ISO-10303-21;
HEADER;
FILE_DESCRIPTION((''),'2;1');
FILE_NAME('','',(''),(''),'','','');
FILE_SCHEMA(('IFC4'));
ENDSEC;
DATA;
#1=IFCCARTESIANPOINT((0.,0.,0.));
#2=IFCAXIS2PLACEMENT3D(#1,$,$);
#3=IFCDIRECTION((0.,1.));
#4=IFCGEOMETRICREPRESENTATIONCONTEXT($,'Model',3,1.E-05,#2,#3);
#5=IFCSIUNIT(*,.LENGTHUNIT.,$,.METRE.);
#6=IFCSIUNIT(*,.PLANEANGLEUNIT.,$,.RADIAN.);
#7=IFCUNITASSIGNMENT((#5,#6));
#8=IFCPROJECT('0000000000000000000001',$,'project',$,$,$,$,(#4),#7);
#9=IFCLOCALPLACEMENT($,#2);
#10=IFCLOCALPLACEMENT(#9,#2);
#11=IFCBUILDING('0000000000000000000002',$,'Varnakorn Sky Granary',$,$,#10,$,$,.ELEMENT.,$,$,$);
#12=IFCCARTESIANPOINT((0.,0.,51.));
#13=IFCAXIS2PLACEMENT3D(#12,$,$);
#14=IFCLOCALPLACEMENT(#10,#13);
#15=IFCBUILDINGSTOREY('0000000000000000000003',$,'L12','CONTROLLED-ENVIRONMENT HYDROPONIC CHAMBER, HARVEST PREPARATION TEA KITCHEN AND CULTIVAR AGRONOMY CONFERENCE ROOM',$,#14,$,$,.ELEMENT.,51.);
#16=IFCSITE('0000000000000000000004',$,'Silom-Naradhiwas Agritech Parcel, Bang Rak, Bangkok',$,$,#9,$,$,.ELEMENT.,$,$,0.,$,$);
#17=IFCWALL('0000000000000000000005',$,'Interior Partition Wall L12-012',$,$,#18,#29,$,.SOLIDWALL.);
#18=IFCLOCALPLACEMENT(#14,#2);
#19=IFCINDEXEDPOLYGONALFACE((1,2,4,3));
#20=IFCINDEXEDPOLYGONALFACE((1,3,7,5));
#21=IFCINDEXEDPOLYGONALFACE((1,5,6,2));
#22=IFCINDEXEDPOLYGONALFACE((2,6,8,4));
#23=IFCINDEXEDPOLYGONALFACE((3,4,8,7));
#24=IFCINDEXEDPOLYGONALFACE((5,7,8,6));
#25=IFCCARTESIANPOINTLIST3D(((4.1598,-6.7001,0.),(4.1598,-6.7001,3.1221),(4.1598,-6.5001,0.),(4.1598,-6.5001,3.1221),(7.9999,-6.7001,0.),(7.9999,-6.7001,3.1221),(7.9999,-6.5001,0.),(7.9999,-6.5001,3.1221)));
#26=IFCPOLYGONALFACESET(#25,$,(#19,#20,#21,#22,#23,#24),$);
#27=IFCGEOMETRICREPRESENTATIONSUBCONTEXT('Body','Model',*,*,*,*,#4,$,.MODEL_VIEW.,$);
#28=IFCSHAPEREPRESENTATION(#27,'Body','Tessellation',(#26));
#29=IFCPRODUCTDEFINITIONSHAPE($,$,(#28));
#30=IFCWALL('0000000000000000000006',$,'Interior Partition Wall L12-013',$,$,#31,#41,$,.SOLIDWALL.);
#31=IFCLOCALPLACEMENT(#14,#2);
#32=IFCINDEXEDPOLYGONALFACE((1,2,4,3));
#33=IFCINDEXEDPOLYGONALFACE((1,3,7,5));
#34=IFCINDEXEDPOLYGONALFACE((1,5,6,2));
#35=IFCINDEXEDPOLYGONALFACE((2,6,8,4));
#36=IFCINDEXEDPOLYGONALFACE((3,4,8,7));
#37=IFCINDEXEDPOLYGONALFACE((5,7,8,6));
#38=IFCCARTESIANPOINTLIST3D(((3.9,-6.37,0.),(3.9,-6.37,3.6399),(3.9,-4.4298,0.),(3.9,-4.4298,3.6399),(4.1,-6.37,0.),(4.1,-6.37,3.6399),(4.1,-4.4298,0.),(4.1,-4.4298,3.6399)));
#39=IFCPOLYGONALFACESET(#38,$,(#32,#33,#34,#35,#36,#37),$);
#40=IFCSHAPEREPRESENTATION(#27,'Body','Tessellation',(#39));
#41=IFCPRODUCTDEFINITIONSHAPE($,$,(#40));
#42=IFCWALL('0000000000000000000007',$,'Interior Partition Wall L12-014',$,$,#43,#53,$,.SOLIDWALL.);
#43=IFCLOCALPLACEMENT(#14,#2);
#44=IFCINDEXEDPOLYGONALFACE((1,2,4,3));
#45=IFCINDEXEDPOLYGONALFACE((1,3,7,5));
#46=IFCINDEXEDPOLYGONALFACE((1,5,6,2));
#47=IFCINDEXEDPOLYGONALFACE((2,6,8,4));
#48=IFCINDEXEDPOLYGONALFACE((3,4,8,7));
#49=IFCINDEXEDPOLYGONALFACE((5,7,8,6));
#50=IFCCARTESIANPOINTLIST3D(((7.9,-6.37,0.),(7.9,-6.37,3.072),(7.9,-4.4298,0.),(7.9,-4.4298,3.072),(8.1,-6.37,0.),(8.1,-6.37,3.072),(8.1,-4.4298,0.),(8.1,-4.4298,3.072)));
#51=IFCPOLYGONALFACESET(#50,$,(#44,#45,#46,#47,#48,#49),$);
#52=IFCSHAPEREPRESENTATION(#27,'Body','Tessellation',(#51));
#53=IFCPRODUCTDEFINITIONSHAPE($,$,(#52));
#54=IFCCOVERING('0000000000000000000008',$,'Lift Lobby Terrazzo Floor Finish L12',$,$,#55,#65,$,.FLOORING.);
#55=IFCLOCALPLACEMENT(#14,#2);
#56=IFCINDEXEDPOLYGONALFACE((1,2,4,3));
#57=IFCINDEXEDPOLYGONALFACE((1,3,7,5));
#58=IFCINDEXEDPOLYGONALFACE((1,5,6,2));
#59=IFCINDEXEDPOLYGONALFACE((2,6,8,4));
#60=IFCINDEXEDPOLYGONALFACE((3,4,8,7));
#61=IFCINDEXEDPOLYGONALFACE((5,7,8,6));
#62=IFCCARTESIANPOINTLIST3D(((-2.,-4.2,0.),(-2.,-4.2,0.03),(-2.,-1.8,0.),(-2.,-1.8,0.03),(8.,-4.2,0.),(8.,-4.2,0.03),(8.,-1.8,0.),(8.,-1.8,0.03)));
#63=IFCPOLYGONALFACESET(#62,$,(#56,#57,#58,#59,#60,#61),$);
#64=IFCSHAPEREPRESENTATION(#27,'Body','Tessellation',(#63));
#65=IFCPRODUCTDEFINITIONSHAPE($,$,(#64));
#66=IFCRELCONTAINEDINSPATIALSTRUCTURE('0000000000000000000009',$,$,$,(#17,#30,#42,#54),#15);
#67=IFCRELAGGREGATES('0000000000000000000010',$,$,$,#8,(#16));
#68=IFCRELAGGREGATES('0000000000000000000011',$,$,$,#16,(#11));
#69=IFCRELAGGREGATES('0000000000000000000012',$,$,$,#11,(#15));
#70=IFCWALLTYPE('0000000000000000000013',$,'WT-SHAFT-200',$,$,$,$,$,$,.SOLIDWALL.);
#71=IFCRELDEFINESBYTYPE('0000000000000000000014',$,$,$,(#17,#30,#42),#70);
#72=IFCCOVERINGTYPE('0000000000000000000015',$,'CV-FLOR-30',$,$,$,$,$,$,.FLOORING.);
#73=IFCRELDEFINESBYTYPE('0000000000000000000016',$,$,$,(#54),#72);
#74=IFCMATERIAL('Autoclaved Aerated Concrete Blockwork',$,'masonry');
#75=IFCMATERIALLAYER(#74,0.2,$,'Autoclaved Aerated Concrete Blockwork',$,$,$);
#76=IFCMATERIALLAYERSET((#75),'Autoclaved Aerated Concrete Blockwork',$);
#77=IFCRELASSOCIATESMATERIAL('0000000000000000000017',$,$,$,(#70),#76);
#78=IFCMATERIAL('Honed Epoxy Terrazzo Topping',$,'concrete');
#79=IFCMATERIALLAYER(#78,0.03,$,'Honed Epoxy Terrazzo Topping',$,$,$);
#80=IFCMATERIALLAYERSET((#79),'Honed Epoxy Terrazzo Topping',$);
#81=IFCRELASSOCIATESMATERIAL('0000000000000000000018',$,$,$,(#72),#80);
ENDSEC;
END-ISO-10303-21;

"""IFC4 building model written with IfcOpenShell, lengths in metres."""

from ifc_helpers import new_model, si_unit, direction, frame, frame_2d, origin, place, context, subcontext, project, spatial, polyline, rectangle, outline, extrude, material, layer, layer_set, type_object, element, save


model = new_model("IFC4")

# Units and contexts
model_context = context("Model", 3, precision=1e-05, world=origin(), true_north=direction((0.0, 1.0)))
body_context = subcontext(model_context, "Body", "Model", "MODEL_VIEW")
ifc_project = project(units=[si_unit("LENGTHUNIT", "METRE"), si_unit("PLANEANGLEUNIT", "RADIAN")], contexts=[model_context])

# Site, building, storey
site_placement = place(None, origin())
site = spatial("IfcSite", under=ifc_project, at=site_placement, Name="Silom-Naradhiwas Agritech Parcel, Bang Rak, Bangkok", CompositionType="ELEMENT", RefElevation=0.0)
building_placement = place(site_placement, origin())
building = spatial("IfcBuilding", under=site, at=building_placement, Name="Varnakorn Sky Granary", CompositionType="ELEMENT")
storey_placement = place(building_placement, frame((0.0, 0.0, 51.0)))
storey = spatial("IfcBuildingStorey", under=building, at=storey_placement, Name="L12", Description="CONTROLLED-ENVIRONMENT HYDROPONIC CHAMBER, HARVEST PREPARATION TEA KITCHEN AND CULTIVAR AGRONOMY CONFERENCE ROOM", CompositionType="ELEMENT", Elevation=51.0)

# Shared definitions
ifc_material_1 = material(Name="Autoclaved Aerated Concrete Blockwork", Category="masonry")

# Walls
ifc_layer_1 = layer(ifc_material_1, 0.2, Name="Autoclaved Aerated Concrete Blockwork")
ifc_layer_set_1 = layer_set([ifc_layer_1], Name="Autoclaved Aerated Concrete Blockwork")
wall_type_1 = type_object("IfcWallType", Name="WT-SHAFT-200", PredefinedType="SOLIDWALL", material=ifc_layer_set_1)
wall_1_placement = place(storey_placement, frame((4.1599, -6.6001, 0.0), z_axis=(0.0, 0.0, 1.0), x_axis=(1.0, 0.0, 0.0)))
element("IfcWall", 1, at=wall_1_placement, inside=storey, type_object=wall_type_1, Name="Interior Partition Wall L12-012", PredefinedType="SOLIDWALL", context=body_context, shape_type="SweptSolid", body=[
    extrude(rectangle(XDim=3.8401, YDim=0.2, at=frame_2d((1.9199, 0.0))), origin(), (0.0, 0.0, 1.0), 3.1221),
])
wall_2_placement = place(storey_placement, frame((4.0, -6.3701, 0.0), z_axis=(0.0, 0.0, 1.0), x_axis=(0.0, 1.0, 0.0)))
element("IfcWall", 2, at=wall_2_placement, inside=storey, type_object=wall_type_1, Name="Interior Partition Wall L12-013", PredefinedType="SOLIDWALL", context=body_context, shape_type="SweptSolid", body=[
    extrude(rectangle(XDim=1.9402, YDim=0.2, at=frame_2d((0.9702, 0.0))), origin(), (0.0, 0.0, 1.0), 3.6399),
])
wall_3_placement = place(storey_placement, frame((8.0, -6.3701, 0.0), z_axis=(0.0, 0.0, 1.0), x_axis=(0.0, 1.0, 0.0)))
element("IfcWall", 3, at=wall_3_placement, inside=storey, type_object=wall_type_1, Name="Interior Partition Wall L12-014", PredefinedType="SOLIDWALL", context=body_context, shape_type="SweptSolid", body=[
    extrude(rectangle(XDim=1.9402, YDim=0.2, at=frame_2d((0.9702, 0.0))), origin(), (0.0, 0.0, 1.0), 3.072),
])

# Covering
ifc_material_2 = material(Name="Honed Epoxy Terrazzo Topping", Category="concrete")
ifc_layer_2 = layer(ifc_material_2, 0.03, Name="Honed Epoxy Terrazzo Topping")
ifc_layer_set_2 = layer_set([ifc_layer_2], Name="Honed Epoxy Terrazzo Topping")
covering_type = type_object("IfcCoveringType", Name="CV-FLOR-30", PredefinedType="FLOORING", material=ifc_layer_set_2)
covering_placement = place(storey_placement, origin())
element("IfcCovering", 4, at=covering_placement, inside=storey, type_object=covering_type, Name="Lift Lobby Terrazzo Floor Finish L12", PredefinedType="FLOORING", context=body_context, shape_type="SweptSolid", body=[
    extrude(outline(polyline([(-2.0, -4.2), (8.0, -4.2), (8.0, -1.8), (-2.0, -1.8), (-2.0, -4.2)])), origin(), (0.0, 0.0, 1.0), 0.03),
])

save(model, "model.ifc")
